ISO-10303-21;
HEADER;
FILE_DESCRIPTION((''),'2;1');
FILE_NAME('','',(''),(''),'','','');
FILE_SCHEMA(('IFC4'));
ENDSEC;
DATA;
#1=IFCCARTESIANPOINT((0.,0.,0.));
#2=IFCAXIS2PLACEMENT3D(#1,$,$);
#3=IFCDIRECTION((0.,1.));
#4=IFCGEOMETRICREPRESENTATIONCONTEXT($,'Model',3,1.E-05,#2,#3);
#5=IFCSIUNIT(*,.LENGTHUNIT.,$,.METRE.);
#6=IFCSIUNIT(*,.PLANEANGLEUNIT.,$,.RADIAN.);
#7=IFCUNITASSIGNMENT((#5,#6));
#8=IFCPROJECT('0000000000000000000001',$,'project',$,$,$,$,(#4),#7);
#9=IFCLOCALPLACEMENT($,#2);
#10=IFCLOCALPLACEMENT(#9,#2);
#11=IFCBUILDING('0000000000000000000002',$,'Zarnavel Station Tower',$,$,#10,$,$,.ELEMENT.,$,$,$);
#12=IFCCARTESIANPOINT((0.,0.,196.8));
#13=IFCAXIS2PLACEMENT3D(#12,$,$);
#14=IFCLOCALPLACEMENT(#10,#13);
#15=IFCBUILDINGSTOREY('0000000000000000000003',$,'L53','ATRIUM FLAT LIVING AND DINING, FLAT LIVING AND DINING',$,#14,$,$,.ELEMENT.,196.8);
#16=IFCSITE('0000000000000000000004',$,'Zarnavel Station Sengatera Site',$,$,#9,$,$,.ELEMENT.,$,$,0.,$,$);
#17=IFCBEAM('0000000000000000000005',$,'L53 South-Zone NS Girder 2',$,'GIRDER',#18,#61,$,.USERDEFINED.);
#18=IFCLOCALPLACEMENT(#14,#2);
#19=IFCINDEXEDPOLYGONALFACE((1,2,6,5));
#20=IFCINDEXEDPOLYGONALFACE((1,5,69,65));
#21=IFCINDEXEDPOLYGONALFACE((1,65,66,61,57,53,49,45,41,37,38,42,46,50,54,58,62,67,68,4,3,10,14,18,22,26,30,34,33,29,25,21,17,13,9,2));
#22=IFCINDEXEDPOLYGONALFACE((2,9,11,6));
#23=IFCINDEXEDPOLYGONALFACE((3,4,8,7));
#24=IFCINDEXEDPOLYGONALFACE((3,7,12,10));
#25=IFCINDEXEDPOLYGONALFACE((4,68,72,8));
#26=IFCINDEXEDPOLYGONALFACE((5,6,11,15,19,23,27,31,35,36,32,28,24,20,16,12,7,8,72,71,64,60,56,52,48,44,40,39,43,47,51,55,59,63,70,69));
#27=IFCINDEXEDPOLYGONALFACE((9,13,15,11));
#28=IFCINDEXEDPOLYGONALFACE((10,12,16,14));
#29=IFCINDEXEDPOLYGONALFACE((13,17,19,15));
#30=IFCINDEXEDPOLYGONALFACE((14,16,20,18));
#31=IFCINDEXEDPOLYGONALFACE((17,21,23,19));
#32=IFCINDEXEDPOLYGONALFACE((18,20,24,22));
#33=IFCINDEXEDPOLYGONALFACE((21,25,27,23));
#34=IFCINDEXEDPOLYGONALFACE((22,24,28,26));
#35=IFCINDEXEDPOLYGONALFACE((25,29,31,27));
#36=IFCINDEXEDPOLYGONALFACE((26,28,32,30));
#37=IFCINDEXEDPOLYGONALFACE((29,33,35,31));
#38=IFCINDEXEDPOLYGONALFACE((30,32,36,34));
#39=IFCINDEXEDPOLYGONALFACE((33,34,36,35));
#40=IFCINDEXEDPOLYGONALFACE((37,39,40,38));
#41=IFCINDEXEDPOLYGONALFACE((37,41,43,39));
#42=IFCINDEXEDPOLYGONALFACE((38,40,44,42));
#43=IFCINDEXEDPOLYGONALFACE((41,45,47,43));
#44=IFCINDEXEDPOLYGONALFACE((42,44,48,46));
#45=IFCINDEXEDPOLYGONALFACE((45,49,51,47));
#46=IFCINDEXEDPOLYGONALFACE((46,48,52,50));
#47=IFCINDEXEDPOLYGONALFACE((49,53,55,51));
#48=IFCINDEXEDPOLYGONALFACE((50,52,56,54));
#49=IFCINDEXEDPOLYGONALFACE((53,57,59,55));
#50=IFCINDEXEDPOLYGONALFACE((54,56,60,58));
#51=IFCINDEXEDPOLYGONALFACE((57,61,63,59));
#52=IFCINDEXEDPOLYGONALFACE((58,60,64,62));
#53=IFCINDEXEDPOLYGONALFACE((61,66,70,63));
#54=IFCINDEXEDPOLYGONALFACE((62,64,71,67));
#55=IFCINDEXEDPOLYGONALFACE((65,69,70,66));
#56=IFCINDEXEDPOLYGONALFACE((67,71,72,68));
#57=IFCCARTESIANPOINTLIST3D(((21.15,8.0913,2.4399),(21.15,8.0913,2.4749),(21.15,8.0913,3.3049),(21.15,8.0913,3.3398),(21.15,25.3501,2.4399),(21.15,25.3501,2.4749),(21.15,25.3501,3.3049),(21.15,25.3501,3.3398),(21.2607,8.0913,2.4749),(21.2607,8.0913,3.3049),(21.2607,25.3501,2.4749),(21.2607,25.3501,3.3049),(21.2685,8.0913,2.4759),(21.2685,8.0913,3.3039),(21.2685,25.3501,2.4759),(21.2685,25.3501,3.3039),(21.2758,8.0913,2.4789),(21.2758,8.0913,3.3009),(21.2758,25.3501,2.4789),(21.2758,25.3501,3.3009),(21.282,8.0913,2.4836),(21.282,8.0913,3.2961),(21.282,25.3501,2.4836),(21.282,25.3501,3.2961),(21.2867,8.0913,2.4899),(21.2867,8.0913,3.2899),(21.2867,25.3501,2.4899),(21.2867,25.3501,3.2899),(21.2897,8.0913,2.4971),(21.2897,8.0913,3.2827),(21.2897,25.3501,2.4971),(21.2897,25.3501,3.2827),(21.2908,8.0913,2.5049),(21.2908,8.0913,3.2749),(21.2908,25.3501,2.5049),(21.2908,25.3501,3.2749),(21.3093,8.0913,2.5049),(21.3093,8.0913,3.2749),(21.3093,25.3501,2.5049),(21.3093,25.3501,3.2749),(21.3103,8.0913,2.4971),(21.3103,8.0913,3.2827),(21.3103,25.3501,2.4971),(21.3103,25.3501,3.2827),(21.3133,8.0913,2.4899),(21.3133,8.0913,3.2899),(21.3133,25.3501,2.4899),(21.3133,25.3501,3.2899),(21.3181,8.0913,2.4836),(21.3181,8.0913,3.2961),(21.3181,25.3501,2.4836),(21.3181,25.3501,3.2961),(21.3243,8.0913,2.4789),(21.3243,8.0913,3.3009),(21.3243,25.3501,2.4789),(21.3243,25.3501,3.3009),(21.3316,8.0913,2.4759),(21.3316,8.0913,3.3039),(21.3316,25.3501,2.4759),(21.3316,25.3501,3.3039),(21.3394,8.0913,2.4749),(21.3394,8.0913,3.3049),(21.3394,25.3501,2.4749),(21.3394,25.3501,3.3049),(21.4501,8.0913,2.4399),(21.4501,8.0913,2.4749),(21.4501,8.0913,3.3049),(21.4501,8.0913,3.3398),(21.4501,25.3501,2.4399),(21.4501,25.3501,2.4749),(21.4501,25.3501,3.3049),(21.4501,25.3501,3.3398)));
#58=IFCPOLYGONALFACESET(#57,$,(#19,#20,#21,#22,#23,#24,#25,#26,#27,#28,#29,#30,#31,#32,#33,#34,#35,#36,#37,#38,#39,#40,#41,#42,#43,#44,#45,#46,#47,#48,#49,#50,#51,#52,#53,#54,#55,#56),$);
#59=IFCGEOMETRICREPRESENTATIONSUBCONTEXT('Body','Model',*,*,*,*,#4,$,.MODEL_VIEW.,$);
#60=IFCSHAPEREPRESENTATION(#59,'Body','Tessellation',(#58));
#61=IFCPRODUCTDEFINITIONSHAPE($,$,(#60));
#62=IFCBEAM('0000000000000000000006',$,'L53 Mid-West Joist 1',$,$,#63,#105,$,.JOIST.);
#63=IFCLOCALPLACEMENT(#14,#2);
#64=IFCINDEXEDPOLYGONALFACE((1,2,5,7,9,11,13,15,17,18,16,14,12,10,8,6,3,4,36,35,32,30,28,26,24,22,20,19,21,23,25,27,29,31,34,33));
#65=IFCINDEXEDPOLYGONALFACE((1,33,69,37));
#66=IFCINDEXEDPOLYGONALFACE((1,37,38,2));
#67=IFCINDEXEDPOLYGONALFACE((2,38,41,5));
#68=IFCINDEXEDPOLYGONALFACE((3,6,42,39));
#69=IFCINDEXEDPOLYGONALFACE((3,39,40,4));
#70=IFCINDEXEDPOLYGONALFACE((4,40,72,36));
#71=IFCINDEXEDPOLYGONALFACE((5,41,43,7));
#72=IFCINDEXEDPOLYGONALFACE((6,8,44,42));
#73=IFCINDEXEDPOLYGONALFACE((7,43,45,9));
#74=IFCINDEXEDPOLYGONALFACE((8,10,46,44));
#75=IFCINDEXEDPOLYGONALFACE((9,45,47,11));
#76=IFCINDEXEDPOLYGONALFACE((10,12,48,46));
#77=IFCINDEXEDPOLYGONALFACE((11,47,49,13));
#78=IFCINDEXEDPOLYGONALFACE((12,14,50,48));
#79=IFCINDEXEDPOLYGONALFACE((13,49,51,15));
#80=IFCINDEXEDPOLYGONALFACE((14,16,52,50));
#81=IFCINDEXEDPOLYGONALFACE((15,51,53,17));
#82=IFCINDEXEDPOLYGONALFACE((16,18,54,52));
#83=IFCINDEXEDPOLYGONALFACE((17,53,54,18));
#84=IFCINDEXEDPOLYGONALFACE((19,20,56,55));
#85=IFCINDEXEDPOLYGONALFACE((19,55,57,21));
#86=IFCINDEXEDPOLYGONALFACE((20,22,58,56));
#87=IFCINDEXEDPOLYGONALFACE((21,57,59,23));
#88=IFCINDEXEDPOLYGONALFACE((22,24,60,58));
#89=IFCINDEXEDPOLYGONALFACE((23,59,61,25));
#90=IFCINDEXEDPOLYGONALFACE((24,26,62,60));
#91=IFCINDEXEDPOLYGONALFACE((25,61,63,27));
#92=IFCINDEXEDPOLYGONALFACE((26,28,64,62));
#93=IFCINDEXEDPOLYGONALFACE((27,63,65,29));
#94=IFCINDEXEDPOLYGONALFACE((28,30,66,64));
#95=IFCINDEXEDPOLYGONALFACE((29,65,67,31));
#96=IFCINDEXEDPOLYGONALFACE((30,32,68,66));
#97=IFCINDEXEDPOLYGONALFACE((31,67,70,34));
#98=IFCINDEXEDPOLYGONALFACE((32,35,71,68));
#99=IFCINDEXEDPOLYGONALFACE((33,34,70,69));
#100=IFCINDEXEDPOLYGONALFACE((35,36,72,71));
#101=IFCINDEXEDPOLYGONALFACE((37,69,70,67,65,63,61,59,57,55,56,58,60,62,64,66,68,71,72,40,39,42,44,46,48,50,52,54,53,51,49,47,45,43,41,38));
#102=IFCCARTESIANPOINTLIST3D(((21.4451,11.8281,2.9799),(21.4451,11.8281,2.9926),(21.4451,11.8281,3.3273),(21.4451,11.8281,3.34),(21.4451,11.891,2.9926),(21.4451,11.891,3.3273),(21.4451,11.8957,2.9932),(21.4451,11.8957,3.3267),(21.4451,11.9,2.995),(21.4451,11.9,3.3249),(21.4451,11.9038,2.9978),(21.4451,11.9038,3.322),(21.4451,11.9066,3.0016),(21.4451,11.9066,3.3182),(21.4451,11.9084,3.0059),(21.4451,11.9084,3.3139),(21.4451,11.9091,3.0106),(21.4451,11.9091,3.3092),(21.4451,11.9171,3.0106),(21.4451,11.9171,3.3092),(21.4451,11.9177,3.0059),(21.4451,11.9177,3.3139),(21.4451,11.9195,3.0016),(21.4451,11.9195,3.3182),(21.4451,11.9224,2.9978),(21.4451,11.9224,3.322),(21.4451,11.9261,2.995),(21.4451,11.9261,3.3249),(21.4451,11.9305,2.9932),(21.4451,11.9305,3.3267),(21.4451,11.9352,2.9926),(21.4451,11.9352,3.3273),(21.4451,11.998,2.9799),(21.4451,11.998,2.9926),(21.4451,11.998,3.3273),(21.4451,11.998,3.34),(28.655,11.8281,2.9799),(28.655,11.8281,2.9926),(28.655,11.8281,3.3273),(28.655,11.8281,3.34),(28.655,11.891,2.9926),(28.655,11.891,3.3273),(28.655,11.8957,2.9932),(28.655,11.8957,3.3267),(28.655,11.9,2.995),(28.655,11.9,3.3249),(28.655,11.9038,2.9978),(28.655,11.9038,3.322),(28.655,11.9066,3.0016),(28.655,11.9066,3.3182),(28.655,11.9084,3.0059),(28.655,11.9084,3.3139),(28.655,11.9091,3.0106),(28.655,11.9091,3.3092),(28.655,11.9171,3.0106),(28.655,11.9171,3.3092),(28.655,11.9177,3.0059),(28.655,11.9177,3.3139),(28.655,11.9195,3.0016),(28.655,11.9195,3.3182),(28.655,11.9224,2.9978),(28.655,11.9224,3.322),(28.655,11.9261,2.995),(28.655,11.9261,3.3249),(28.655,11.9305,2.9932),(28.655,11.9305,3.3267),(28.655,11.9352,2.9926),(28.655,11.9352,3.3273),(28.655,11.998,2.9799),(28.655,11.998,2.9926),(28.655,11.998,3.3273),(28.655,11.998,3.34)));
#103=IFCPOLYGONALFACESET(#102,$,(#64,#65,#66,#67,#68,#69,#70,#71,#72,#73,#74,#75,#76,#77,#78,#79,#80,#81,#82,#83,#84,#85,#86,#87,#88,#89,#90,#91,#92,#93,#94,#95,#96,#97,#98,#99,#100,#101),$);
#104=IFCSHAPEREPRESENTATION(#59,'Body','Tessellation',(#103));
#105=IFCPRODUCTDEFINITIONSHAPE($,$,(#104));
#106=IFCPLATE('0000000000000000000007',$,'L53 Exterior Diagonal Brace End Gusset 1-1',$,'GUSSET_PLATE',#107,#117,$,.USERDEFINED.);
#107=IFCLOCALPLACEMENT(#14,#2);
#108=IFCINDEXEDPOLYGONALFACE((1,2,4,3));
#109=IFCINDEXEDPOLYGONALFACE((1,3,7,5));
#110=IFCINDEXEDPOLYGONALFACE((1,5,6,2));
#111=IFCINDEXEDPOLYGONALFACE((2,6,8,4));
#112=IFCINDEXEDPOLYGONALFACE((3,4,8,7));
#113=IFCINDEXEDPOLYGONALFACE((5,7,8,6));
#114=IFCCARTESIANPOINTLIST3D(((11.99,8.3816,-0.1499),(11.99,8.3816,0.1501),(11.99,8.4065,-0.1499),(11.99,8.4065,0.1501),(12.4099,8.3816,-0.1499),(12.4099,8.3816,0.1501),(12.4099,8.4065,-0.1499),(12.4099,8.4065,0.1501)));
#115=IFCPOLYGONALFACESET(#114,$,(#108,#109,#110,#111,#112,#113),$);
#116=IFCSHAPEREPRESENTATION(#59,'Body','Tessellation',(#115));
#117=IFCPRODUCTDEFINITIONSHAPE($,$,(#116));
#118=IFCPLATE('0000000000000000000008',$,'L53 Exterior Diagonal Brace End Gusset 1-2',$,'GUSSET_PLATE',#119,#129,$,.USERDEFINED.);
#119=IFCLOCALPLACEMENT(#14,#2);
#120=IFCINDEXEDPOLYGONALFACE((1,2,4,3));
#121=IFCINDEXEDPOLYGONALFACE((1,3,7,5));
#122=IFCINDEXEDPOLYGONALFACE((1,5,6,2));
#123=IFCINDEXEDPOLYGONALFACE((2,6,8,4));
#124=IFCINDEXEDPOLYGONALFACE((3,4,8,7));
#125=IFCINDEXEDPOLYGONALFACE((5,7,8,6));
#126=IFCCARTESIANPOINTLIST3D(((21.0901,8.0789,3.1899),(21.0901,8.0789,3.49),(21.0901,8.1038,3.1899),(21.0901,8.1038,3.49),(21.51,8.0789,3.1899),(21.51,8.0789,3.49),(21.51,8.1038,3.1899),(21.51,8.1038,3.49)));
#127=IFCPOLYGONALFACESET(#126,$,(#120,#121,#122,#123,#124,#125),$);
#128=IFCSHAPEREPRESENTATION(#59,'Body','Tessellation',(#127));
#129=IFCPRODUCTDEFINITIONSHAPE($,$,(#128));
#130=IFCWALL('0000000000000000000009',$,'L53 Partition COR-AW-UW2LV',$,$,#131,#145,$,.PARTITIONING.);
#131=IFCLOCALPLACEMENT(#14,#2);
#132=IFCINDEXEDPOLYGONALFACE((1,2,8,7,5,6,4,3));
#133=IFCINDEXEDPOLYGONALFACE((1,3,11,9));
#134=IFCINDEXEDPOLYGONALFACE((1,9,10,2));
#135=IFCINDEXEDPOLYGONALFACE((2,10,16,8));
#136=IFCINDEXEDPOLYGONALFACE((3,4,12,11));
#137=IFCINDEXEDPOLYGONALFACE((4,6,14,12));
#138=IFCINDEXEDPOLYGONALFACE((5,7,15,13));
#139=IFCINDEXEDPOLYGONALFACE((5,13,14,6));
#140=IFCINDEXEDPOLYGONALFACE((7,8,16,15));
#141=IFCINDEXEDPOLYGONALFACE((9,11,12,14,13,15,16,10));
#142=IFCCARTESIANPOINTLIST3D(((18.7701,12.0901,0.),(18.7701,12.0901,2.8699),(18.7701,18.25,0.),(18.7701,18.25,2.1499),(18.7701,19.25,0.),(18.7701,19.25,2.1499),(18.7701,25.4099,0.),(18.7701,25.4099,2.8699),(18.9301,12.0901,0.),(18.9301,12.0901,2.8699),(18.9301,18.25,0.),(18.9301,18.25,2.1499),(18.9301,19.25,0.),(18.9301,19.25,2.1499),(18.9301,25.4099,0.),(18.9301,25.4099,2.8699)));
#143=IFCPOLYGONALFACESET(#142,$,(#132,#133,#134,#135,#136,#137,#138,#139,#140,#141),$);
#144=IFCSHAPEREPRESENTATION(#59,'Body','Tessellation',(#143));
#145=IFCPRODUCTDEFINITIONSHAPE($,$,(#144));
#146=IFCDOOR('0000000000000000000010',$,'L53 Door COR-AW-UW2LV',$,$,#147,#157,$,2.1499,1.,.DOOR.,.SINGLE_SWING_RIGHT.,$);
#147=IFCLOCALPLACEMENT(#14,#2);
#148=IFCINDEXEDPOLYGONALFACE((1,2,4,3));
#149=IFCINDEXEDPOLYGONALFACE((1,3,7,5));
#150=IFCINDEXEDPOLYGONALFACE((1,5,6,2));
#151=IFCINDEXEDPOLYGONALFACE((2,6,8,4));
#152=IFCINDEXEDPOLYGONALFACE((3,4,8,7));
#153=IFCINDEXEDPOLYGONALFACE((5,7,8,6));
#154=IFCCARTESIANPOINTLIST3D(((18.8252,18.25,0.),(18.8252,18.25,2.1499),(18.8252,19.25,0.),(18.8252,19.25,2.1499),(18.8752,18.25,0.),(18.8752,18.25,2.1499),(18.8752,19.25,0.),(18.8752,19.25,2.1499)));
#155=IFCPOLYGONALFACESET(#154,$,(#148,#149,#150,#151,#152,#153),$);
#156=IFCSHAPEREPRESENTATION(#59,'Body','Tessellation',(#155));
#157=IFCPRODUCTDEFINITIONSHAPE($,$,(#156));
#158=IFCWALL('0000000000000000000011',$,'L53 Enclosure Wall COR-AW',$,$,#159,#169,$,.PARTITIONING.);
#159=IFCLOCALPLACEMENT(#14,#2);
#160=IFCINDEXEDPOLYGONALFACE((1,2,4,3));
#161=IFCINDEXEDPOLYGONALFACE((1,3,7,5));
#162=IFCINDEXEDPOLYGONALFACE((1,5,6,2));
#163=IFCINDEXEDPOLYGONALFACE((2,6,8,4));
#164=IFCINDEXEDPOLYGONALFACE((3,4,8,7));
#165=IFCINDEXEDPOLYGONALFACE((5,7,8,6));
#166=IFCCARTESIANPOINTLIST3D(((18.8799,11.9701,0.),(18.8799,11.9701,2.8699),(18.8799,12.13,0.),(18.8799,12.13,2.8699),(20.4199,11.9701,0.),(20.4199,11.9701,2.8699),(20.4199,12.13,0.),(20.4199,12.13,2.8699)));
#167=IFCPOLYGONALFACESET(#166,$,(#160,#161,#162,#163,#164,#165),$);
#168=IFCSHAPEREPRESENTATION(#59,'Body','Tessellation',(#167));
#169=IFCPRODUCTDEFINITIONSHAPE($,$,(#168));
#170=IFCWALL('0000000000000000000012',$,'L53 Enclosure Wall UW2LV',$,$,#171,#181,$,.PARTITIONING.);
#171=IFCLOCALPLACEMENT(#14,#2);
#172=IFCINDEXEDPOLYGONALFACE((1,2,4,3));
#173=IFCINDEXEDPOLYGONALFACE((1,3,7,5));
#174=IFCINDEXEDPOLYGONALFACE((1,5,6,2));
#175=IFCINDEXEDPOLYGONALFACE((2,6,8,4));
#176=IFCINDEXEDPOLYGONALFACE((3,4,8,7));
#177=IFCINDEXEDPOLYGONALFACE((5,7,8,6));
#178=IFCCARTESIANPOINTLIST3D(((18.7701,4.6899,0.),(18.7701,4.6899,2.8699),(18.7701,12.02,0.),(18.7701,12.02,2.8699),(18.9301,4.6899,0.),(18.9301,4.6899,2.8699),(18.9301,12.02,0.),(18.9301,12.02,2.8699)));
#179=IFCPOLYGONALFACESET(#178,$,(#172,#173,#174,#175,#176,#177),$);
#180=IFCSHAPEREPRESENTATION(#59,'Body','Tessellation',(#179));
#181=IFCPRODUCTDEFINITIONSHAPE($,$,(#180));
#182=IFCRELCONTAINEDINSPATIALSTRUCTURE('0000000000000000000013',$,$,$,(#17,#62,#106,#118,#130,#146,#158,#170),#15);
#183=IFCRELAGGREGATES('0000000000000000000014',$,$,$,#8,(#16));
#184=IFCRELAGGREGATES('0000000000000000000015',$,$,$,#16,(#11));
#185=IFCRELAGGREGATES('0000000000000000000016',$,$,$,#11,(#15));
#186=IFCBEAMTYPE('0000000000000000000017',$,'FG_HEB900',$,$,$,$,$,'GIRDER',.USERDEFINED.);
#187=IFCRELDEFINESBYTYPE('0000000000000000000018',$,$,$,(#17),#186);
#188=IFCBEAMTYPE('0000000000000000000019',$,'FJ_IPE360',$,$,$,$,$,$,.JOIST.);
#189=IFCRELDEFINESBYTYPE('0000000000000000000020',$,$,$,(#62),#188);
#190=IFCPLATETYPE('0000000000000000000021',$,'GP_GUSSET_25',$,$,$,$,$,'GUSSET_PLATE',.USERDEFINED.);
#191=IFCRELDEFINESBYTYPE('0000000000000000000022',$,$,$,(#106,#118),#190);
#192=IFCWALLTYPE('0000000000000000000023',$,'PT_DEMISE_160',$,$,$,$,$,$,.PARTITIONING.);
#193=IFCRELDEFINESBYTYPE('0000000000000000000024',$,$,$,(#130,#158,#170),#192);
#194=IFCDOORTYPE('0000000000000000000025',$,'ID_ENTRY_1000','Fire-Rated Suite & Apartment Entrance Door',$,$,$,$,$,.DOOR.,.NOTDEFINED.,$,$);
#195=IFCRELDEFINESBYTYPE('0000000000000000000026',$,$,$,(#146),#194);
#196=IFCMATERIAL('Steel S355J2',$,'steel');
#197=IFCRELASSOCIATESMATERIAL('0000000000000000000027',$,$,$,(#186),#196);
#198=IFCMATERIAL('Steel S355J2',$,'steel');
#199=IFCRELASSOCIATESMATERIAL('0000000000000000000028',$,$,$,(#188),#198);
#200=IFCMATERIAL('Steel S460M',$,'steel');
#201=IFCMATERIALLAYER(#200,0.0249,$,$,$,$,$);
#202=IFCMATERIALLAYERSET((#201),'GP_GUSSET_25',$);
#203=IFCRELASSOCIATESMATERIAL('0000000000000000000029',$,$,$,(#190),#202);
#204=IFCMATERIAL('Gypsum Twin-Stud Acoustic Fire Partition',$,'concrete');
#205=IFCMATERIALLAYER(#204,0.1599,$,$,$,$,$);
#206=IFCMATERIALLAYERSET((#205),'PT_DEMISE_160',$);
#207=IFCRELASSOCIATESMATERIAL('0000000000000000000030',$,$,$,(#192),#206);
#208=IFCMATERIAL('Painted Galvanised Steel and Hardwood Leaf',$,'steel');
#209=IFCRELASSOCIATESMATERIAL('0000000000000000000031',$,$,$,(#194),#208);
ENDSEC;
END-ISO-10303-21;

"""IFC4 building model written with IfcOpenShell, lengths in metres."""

from ifc_helpers import new_model, si_unit, direction, frame, frame_2d, origin, origin_2d, place, context, subcontext, project, spatial, rectangle, i_section, extrude, material, layer, layer_set, material_profile, profile_set, type_object, element, fill, save


model = new_model("IFC4")

# Units and contexts
model_context = context("Model", 3, precision=1e-05, world=origin(), true_north=direction((0.0, 1.0)))
body_context = subcontext(model_context, "Body", "Model", "MODEL_VIEW")
ifc_project = project(units=[si_unit("LENGTHUNIT", "METRE"), si_unit("PLANEANGLEUNIT", "RADIAN")], contexts=[model_context])

# Site, building, storey
site_placement = place(None, origin())
site = spatial("IfcSite", under=ifc_project, at=site_placement, Name="Zarnavel Station Sengatera Site", CompositionType="ELEMENT", RefElevation=0.0)
building_placement = place(site_placement, origin())
building = spatial("IfcBuilding", under=site, at=building_placement, Name="Zarnavel Station Tower", CompositionType="ELEMENT")
storey_placement = place(building_placement, frame((0.0, 0.0, 196.8)))
storey = spatial("IfcBuildingStorey", under=building, at=storey_placement, Name="L53", Description="ATRIUM FLAT LIVING AND DINING, FLAT LIVING AND DINING", CompositionType="ELEMENT", Elevation=196.8)

# Beams
ifc_material_1 = material(Name="Steel S355J2", Category="steel")
ifc_material_profile_1 = material_profile(ifc_material_1, i_section(OverallWidth=0.3, OverallDepth=0.8999, WebThickness=0.0186, FlangeThickness=0.0349, FilletRadius=0.03, at=origin_2d()), Name="HEB900")
ifc_profile_set_1 = profile_set([ifc_material_profile_1], Name="Steel S355J2")
beam_type_1 = type_object("IfcBeamType", Name="FG_HEB900", ElementType="GIRDER", PredefinedType="USERDEFINED", material=ifc_profile_set_1)
beam_1_placement = place(storey_placement, frame((21.3, 8.0913, 2.8899), z_axis=(0.0, 1.0, 0.0), x_axis=(-1.0, 0.0, 0.0)))
element("IfcBeam", 1, at=beam_1_placement, inside=storey, type_object=beam_type_1, Name="L53 South-Zone NS Girder 2", ObjectType="GIRDER", PredefinedType="USERDEFINED", context=body_context, shape_type="SweptSolid", body=[
    extrude(i_section(OverallWidth=0.3, OverallDepth=0.8999, WebThickness=0.0186, FlangeThickness=0.0349, FilletRadius=0.03, at=origin_2d()), origin(), (0.0, 0.0, 1.0), 17.2588),
])
ifc_material_2 = material(Name="Steel S355J2", Category="steel")
ifc_material_profile_2 = material_profile(ifc_material_2, i_section(OverallWidth=0.1699, OverallDepth=0.3601, WebThickness=0.0081, FlangeThickness=0.0127, FilletRadius=0.0181, at=origin_2d()), Name="IPE360")
ifc_profile_set_2 = profile_set([ifc_material_profile_2], Name="Steel S355J2")
beam_type_2 = type_object("IfcBeamType", Name="FJ_IPE360", PredefinedType="JOIST", material=ifc_profile_set_2)
beam_2_placement = place(storey_placement, frame((21.4451, 11.9131, 3.1599), z_axis=(1.0, 0.0, 0.0), x_axis=(0.0, 1.0, 0.0)))
element("IfcBeam", 2, at=beam_2_placement, inside=storey, type_object=beam_type_2, Name="L53 Mid-West Joist 1", PredefinedType="JOIST", context=body_context, shape_type="SweptSolid", body=[
    extrude(i_section(OverallWidth=0.1699, OverallDepth=0.3601, WebThickness=0.0081, FlangeThickness=0.0127, FilletRadius=0.0181, at=origin_2d()), origin(), (0.0, 0.0, 1.0), 7.21),
])

# Plates
ifc_material_3 = material(Name="Steel S460M", Category="steel")
ifc_layer_1 = layer(ifc_material_3, 0.0249)
ifc_layer_set_1 = layer_set([ifc_layer_1], Name="GP_GUSSET_25")
plate_type = type_object("IfcPlateType", Name="GP_GUSSET_25", ElementType="GUSSET_PLATE", PredefinedType="USERDEFINED", material=ifc_layer_set_1)
for number, where, z_axis, x_axis, name in (
    (3, (12.2, 8.394, -0.1499), (0.0, 0.0, 1.0), (1.0, 0.0, 0.0), "L53 Exterior Diagonal Brace End Gusset 1-1"),
    (4, (21.3, 8.0913, 3.1899), (0.0, 0.0, 1.0), (1.0, 0.0, 0.0), "L53 Exterior Diagonal Brace End Gusset 1-2"),
):
    element("IfcPlate", number, at=place(storey_placement, frame(where, z_axis=z_axis, x_axis=x_axis)), inside=storey, type_object=plate_type, Name=name, ObjectType="GUSSET_PLATE", PredefinedType="USERDEFINED", context=body_context, shape_type="SweptSolid", body=[
        extrude(rectangle(XDim=0.4199, YDim=0.0249, at=origin_2d()), origin(), (0.0, 0.0, 1.0), 0.3),
    ])

# Wall, opening, door
ifc_material_4 = material(Name="Gypsum Twin-Stud Acoustic Fire Partition", Category="concrete")
ifc_layer_2 = layer(ifc_material_4, 0.1599)
ifc_layer_set_2 = layer_set([ifc_layer_2], Name="PT_DEMISE_160")
wall_type_1 = type_object("IfcWallType", Name="PT_DEMISE_160", PredefinedType="PARTITIONING", material=ifc_layer_set_2)
wall_1_placement = place(storey_placement, frame((18.8501, 12.0901, 0.0), z_axis=(0.0, 0.0, 1.0), x_axis=(0.0, 1.0, 0.0)))
wall_1 = element("IfcWall", 5, at=wall_1_placement, inside=storey, type_object=wall_type_1, Name="L53 Partition COR-AW-UW2LV", PredefinedType="PARTITIONING", context=body_context, shape_type="SweptSolid", body=[
    extrude(rectangle(XDim=13.3198, YDim=0.1599, at=frame_2d((6.6599, 0.0))), origin(), (0.0, 0.0, 1.0), 2.8699),
])
opening_1_placement = place(wall_1_placement, frame((6.1599, 0.0, 0.0)))
opening_1 = element("IfcOpeningElement", 6, at=opening_1_placement, cuts=wall_1, PredefinedType="OPENING", context=body_context, shape_type="SweptSolid", body=[
    extrude(rectangle(XDim=1.0, YDim=2.1499, at=frame_2d((0.5, 1.075))), frame((0.0, 0.0898, 0.0), z_axis=(0.0, -1.0, 0.0), x_axis=(1.0, 0.0, 0.0)), (0.0, 0.0, 1.0), 0.1799),
])
ifc_material_5 = material(Name="Painted Galvanised Steel and Hardwood Leaf", Category="steel")
door_type_1 = type_object("IfcDoorType", Name="ID_ENTRY_1000", Description="Fire-Rated Suite & Apartment Entrance Door", OperationType="NOTDEFINED", PredefinedType="DOOR", material=ifc_material_5)
door_1_placement = place(opening_1_placement, origin())
door_1 = element("IfcDoor", 7, at=door_1_placement, inside=storey, type_object=door_type_1, Name="L53 Door COR-AW-UW2LV", OperationType="SINGLE_SWING_RIGHT", OverallHeight=2.1499, OverallWidth=1.0, PredefinedType="DOOR", context=body_context, shape_type="SweptSolid", body=[
    extrude(rectangle(XDim=1.0, YDim=2.1499, at=frame_2d((0.5, 1.075))), frame((0.0, 0.0249, 0.0), z_axis=(0.0, -1.0, 0.0), x_axis=(1.0, 0.0, 0.0)), (0.0, 0.0, 1.0), 0.05),
])
fill(opening_1, door_1)

# Walls
wall_2_placement = place(storey_placement, frame((18.8799, 12.05, 0.0), z_axis=(0.0, 0.0, 1.0), x_axis=(1.0, 0.0, 0.0)))
element("IfcWall", 8, at=wall_2_placement, inside=storey, type_object=wall_type_1, Name="L53 Enclosure Wall COR-AW", PredefinedType="PARTITIONING", context=body_context, shape_type="SweptSolid", body=[
    extrude(rectangle(XDim=1.54, YDim=0.1599, at=frame_2d((0.77, 0.0))), origin(), (0.0, 0.0, 1.0), 2.8699),
])
wall_3_placement = place(storey_placement, frame((18.8501, 4.6899, 0.0), z_axis=(0.0, 0.0, 1.0), x_axis=(0.0, 1.0, 0.0)))
element("IfcWall", 9, at=wall_3_placement, inside=storey, type_object=wall_type_1, Name="L53 Enclosure Wall UW2LV", PredefinedType="PARTITIONING", context=body_context, shape_type="SweptSolid", body=[
    extrude(rectangle(XDim=7.3301, YDim=0.1599, at=frame_2d((3.665, 0.0))), origin(), (0.0, 0.0, 1.0), 2.8699),
])

save(model, "model.ifc")
